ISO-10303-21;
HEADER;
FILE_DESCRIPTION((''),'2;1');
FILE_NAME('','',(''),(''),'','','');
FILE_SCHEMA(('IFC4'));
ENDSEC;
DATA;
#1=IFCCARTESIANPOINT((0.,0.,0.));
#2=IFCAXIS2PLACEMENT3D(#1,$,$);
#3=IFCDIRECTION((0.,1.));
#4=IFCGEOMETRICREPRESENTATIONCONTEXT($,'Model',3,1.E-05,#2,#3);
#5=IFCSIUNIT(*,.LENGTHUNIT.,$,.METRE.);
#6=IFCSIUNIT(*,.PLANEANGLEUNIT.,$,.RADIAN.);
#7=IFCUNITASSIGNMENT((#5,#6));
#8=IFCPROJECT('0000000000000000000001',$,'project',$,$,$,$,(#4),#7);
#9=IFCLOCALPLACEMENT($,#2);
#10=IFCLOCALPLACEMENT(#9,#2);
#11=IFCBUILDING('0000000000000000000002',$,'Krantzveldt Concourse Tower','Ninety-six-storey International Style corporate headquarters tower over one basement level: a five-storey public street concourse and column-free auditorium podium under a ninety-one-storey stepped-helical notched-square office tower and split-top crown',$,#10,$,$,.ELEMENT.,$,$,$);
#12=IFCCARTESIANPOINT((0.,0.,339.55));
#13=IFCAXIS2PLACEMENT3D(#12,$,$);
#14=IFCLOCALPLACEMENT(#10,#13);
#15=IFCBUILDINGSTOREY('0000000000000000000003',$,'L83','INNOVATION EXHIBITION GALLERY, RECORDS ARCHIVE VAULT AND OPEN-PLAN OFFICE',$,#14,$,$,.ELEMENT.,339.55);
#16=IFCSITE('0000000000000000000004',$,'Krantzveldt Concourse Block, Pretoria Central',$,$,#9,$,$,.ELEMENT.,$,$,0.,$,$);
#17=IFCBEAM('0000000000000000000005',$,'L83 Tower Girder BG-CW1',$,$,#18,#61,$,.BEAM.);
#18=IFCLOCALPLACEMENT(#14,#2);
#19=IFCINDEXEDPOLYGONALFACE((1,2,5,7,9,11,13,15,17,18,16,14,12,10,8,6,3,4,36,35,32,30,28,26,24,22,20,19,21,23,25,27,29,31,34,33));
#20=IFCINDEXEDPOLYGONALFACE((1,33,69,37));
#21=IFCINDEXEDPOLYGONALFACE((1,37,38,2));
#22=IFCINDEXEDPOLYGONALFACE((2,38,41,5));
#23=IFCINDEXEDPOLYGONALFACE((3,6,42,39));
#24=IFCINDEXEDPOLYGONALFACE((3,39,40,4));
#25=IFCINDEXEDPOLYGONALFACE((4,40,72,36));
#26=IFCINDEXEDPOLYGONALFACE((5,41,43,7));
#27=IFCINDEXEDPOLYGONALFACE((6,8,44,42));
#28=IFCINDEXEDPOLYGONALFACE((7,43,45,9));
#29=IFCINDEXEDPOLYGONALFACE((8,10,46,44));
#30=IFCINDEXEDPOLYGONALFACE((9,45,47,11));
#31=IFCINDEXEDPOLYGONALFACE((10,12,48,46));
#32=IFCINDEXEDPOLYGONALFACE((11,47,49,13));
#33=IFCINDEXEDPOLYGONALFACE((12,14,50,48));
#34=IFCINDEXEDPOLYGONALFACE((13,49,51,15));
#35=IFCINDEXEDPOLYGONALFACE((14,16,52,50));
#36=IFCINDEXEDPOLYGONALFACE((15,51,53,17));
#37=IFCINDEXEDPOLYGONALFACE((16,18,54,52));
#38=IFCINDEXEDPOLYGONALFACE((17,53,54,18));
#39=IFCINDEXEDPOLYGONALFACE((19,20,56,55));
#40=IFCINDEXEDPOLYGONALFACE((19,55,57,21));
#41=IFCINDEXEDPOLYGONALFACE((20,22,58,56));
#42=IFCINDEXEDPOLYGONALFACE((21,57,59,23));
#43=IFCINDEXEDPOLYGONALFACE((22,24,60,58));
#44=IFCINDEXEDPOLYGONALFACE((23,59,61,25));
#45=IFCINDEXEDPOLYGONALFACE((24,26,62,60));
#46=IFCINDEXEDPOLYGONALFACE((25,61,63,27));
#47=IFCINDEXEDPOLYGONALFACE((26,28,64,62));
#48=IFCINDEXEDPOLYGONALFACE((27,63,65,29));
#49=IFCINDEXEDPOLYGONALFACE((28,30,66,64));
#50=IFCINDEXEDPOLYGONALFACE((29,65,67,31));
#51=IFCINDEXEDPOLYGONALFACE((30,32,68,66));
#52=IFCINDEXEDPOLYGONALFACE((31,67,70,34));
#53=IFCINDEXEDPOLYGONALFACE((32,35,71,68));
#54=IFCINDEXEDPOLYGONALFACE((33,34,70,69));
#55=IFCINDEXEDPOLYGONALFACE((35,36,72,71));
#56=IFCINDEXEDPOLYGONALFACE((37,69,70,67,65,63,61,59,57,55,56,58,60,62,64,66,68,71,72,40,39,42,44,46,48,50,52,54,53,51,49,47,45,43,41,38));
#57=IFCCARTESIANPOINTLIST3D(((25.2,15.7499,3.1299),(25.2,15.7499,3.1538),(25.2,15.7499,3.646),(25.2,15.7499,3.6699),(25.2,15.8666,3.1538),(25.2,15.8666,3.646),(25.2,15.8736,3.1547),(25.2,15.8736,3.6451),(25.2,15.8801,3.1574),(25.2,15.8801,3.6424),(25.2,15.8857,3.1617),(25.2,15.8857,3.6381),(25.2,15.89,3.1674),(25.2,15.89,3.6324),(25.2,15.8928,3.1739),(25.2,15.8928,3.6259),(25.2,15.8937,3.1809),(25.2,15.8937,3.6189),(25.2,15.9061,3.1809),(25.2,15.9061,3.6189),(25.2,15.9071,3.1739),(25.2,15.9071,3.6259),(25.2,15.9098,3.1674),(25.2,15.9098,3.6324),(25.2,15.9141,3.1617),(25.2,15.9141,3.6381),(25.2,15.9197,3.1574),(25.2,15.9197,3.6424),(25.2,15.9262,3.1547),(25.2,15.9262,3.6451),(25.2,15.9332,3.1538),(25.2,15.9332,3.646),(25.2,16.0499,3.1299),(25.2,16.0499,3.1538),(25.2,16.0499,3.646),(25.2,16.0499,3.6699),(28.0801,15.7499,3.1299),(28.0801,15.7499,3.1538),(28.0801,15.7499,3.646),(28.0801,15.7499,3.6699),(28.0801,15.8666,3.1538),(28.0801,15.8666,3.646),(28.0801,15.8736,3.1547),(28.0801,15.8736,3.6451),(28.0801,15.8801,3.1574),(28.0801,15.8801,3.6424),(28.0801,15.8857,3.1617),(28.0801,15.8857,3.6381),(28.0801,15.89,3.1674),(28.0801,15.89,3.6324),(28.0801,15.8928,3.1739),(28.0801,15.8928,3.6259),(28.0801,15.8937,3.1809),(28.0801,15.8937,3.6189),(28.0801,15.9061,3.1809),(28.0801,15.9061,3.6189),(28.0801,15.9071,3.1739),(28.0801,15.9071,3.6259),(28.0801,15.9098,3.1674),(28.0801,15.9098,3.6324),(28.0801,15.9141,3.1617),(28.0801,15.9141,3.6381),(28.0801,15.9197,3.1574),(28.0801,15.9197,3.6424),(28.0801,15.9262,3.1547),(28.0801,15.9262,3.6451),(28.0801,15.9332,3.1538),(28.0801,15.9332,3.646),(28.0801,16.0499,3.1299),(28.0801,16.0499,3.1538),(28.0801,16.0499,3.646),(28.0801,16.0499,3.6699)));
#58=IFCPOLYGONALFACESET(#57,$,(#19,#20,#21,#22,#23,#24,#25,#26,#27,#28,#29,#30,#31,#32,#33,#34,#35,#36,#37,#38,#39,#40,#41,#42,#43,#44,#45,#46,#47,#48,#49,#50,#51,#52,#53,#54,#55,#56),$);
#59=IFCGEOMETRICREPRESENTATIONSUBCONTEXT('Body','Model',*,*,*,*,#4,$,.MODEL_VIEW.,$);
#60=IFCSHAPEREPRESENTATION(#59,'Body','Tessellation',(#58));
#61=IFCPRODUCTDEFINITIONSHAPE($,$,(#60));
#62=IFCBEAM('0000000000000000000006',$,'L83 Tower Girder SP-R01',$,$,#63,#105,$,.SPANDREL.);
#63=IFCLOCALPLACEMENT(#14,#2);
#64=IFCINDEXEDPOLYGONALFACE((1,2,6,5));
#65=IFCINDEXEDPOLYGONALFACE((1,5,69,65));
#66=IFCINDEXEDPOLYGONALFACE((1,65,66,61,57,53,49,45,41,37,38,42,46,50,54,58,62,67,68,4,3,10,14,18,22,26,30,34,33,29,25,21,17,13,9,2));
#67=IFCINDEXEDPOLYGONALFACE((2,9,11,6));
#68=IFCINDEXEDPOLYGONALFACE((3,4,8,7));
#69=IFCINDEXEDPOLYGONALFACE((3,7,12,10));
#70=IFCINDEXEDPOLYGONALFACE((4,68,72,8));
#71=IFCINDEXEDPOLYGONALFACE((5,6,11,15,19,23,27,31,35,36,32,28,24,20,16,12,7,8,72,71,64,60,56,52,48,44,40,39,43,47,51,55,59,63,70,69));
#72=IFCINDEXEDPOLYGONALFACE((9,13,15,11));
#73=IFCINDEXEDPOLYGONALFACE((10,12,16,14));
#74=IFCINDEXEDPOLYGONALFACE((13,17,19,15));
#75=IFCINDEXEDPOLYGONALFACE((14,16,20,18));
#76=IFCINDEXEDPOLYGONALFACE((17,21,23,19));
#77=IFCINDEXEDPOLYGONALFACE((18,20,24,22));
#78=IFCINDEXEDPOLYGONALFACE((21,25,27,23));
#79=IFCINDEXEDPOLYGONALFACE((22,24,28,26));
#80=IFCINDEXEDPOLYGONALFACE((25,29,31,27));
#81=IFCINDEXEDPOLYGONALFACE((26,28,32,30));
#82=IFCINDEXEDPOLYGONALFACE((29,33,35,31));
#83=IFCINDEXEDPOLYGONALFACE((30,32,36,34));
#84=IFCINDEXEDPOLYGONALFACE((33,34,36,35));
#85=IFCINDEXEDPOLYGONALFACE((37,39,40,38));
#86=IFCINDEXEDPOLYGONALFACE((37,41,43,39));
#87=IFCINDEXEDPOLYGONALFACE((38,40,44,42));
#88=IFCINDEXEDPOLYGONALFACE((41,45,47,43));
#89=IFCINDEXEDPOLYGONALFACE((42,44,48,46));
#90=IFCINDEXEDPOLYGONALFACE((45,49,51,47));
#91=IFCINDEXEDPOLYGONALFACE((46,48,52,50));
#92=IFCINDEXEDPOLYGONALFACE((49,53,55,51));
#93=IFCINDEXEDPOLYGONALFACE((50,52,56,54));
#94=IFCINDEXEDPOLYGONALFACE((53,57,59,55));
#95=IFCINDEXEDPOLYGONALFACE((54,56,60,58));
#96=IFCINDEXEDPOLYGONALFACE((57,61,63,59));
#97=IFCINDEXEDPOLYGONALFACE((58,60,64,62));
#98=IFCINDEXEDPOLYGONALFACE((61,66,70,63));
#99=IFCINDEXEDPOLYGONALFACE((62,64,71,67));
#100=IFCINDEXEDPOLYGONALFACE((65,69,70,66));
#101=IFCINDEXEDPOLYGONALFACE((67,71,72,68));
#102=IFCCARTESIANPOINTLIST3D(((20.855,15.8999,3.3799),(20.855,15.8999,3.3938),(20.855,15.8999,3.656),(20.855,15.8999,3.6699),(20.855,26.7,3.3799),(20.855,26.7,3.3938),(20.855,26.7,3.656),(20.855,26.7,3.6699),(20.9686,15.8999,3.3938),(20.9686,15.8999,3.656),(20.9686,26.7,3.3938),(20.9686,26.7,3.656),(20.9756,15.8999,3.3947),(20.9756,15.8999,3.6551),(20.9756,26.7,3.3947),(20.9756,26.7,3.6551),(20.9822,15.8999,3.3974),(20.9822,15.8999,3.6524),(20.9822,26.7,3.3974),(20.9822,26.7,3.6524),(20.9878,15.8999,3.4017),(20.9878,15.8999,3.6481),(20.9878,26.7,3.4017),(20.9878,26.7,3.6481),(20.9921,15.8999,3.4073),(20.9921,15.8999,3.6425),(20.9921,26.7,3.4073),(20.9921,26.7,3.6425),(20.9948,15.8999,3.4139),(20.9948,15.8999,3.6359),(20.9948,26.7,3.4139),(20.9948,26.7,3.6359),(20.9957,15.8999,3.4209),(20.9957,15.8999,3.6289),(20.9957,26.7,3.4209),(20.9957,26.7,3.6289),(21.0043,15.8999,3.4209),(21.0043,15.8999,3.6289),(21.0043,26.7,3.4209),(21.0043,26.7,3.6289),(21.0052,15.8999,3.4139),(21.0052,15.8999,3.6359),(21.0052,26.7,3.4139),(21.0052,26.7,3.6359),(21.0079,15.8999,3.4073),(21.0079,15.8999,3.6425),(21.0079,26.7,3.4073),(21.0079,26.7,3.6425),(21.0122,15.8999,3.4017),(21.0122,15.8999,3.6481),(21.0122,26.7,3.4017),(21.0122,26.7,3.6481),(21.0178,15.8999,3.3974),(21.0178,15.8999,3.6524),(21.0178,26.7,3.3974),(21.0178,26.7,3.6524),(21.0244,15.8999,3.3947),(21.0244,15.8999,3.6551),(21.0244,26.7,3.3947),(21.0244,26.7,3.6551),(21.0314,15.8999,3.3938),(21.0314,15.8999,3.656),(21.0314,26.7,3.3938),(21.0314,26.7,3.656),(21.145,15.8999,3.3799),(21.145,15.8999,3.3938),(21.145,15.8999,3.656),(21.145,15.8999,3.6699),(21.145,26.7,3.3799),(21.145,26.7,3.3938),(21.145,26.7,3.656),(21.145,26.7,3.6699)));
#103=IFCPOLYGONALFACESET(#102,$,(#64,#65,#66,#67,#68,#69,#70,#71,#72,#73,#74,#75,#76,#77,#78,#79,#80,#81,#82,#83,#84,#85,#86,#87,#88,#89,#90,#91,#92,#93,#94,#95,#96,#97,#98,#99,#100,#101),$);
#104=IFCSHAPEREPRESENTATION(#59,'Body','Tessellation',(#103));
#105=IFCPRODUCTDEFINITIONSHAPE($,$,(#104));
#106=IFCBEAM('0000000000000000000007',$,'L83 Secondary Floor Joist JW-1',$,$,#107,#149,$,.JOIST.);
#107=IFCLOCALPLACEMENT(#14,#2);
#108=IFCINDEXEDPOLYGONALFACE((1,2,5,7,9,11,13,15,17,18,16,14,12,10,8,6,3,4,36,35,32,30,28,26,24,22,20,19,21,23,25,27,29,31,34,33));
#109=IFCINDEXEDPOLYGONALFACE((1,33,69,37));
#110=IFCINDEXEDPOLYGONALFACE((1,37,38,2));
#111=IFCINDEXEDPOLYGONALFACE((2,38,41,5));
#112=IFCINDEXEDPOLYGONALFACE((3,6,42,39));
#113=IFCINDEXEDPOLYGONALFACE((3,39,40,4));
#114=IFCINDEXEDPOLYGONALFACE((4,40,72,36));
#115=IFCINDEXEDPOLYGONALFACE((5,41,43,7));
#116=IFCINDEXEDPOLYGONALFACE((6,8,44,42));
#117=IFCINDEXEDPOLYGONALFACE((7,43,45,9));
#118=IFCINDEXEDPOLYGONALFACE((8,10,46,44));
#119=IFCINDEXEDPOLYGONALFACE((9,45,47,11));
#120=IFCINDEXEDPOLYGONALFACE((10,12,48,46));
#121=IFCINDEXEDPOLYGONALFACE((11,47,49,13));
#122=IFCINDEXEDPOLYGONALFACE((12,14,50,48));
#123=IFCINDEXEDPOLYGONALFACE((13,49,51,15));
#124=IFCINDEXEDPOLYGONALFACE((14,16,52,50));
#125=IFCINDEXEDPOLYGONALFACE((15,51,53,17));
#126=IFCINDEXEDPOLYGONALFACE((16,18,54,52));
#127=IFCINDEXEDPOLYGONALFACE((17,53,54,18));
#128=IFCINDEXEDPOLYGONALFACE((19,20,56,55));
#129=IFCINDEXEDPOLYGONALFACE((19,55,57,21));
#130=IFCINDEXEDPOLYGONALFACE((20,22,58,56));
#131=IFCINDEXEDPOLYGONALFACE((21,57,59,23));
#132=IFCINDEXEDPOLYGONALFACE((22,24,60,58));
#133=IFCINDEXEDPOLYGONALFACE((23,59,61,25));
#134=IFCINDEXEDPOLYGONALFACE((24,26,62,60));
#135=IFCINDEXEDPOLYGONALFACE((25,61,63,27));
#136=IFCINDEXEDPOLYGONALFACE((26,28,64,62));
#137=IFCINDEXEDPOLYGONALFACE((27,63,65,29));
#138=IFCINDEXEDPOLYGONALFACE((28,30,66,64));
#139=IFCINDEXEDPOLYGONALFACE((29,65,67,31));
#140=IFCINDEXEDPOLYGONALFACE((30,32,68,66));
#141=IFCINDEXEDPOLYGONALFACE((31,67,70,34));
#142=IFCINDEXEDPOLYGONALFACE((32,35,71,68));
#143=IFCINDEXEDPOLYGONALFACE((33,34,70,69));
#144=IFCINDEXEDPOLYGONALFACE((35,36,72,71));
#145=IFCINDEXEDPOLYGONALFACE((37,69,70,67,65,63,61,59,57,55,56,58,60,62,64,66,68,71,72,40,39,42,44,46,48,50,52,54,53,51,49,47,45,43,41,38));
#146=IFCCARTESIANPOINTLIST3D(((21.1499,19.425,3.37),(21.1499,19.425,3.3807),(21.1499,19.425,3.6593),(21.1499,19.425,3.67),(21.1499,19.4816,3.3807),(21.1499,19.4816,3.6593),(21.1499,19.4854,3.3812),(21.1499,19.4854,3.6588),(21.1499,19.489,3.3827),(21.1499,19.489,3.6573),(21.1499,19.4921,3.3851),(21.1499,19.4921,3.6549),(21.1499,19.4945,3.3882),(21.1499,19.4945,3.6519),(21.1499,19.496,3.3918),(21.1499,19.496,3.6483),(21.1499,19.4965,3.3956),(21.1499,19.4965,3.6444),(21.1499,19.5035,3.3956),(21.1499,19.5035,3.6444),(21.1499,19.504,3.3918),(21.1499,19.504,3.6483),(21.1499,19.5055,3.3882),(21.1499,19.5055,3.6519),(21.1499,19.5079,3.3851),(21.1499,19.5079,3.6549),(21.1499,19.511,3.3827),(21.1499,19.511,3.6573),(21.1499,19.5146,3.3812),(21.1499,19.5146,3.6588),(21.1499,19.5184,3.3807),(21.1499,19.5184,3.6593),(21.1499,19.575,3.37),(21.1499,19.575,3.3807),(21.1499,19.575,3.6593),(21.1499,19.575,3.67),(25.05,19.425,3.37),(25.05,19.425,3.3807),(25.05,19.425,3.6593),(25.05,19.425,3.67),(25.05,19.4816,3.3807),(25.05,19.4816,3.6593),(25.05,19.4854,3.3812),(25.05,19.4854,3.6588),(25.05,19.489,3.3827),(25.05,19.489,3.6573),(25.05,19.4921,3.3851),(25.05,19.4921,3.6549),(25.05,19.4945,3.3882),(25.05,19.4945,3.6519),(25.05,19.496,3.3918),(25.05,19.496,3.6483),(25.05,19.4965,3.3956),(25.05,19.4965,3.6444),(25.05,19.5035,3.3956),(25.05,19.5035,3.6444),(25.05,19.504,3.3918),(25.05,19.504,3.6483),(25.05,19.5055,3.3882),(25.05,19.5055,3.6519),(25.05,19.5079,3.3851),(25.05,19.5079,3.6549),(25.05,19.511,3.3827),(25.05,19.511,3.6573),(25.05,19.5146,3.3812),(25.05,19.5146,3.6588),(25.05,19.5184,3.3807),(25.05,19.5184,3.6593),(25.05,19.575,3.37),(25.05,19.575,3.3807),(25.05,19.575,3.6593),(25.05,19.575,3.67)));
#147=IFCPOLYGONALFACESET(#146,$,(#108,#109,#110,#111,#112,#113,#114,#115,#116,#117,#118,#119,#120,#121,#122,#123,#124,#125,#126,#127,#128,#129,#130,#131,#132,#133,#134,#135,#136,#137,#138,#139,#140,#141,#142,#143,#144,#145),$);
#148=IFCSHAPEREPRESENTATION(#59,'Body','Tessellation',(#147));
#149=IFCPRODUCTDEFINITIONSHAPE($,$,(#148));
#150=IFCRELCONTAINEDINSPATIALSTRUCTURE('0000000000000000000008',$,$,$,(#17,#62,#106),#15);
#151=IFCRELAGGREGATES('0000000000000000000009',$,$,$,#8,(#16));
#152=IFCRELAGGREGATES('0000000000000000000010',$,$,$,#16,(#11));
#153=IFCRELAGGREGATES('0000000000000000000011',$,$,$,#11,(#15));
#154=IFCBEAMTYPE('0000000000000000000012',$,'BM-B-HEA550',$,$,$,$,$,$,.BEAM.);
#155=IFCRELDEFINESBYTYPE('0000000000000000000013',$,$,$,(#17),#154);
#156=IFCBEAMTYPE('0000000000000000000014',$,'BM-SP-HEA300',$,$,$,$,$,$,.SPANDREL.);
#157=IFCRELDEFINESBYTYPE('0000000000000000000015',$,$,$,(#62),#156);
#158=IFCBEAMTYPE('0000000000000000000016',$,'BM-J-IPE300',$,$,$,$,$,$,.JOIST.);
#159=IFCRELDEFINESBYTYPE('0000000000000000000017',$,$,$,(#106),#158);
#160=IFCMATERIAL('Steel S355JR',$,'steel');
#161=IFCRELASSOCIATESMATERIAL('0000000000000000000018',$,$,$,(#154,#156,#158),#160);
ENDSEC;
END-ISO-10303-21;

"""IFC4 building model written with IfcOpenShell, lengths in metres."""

from ifc_helpers import new_model, si_unit, direction, frame, origin, origin_2d, place, context, subcontext, project, spatial, i_section, extrude, source, transform, mapped, material, material_profile, profile_set, type_object, type_shapes, element, save


model = new_model("IFC4")

# Units and contexts
model_context = context("Model", 3, precision=1e-05, world=origin(), true_north=direction((0.0, 1.0)))
body_context = subcontext(model_context, "Body", "Model", "MODEL_VIEW")
ifc_project = project(units=[si_unit("LENGTHUNIT", "METRE"), si_unit("PLANEANGLEUNIT", "RADIAN")], contexts=[model_context])

# Site, building, storey
site_placement = place(None, origin())
site = spatial("IfcSite", under=ifc_project, at=site_placement, Name="Krantzveldt Concourse Block, Pretoria Central", CompositionType="ELEMENT", RefElevation=0.0)
building_placement = place(site_placement, origin())
building = spatial("IfcBuilding", under=site, at=building_placement, Name="Krantzveldt Concourse Tower", Description="Ninety-six-storey International Style corporate headquarters tower over one basement level: a five-storey public street concourse and column-free auditorium podium under a ninety-one-storey stepped-helical notched-square office tower and split-top crown", CompositionType="ELEMENT")
storey_placement = place(building_placement, frame((0.0, 0.0, 339.55)))
storey = spatial("IfcBuildingStorey", under=building, at=storey_placement, Name="L83", Description="INNOVATION EXHIBITION GALLERY, RECORDS ARCHIVE VAULT AND OPEN-PLAN OFFICE", CompositionType="ELEMENT", Elevation=339.55)

# Beams
ifc_material_1 = material(Name="Steel S355JR", Category="steel")
ifc_material_profile_1 = material_profile(ifc_material_1, i_section(OverallWidth=0.3, OverallDepth=0.54, WebThickness=0.0125, FlangeThickness=0.0239, FilletRadius=0.0271, at=origin_2d()), Name="Steel S355JR", Category="steel")
ifc_profile_set_1 = profile_set([ifc_material_profile_1], Name="Steel S355JR - HEA 550")
beam_type_1 = type_object("IfcBeamType", Name="BM-B-HEA550", PredefinedType="BEAM", material=ifc_profile_set_1)
shared_shape_1 = source(origin(), body_context, "Body", "SweptSolid", [
    extrude(i_section(OverallWidth=0.3, OverallDepth=0.54, WebThickness=0.0125, FlangeThickness=0.0239, FilletRadius=0.0271, at=origin_2d()), origin(), (0.0, 0.0, 1.0), 2.8801),
])
beam_1_placement = place(storey_placement, frame((25.2, 15.8999, 3.3999), z_axis=(1.0, 0.0, 0.0), x_axis=(0.0, 1.0, 0.0)))
element("IfcBeam", 1, at=beam_1_placement, inside=storey, type_object=beam_type_1, Name="L83 Tower Girder BG-CW1", PredefinedType="BEAM", context=body_context, shape_type="MappedRepresentation", body=[
    mapped(shared_shape_1, transform((0.0, 0.0, 0.0), x_axis=(1.0, 0.0, 0.0), y_axis=(0.0, 1.0, 0.0), z_axis=(0.0, 0.0, 1.0), scale=1.0)),
])
ifc_material_profile_2 = material_profile(ifc_material_1, i_section(OverallWidth=0.29, OverallDepth=0.29, WebThickness=0.0085, FlangeThickness=0.0139, FilletRadius=0.0271, at=origin_2d()), Name="Steel S355JR", Category="steel")
ifc_profile_set_2 = profile_set([ifc_material_profile_2], Name="Steel S355JR - HEA 300")
beam_type_2 = type_object("IfcBeamType", Name="BM-SP-HEA300", PredefinedType="SPANDREL", material=ifc_profile_set_2)
shared_shape_2 = source(origin(), body_context, "Body", "SweptSolid", [
    extrude(i_section(OverallWidth=0.29, OverallDepth=0.29, WebThickness=0.0085, FlangeThickness=0.0139, FilletRadius=0.0271, at=origin_2d()), origin(), (0.0, 0.0, 1.0), 10.8),
])
type_shapes(beam_type_2, [shared_shape_2])
beam_2_placement = place(storey_placement, frame((21.0, 15.8999, 3.5249), z_axis=(0.0, 1.0, 0.0), x_axis=(-1.0, 0.0, 0.0)))
element("IfcBeam", 2, at=beam_2_placement, inside=storey, type_object=beam_type_2, Name="L83 Tower Girder SP-R01", PredefinedType="SPANDREL", context=body_context, shape_type="MappedRepresentation", body=[
    mapped(shared_shape_2, transform((0.0, 0.0, 0.0), x_axis=(1.0, 0.0, 0.0), y_axis=(0.0, 1.0, 0.0), z_axis=(0.0, 0.0, 1.0), scale=1.0)),
])
ifc_material_profile_3 = material_profile(ifc_material_1, i_section(OverallWidth=0.1499, OverallDepth=0.3, WebThickness=0.0071, FlangeThickness=0.0107, FilletRadius=0.0149, at=origin_2d()), Name="Steel S355JR", Category="steel")
ifc_profile_set_3 = profile_set([ifc_material_profile_3], Name="Steel S355JR - IPE 300")
beam_type_3 = type_object("IfcBeamType", Name="BM-J-IPE300", PredefinedType="JOIST", material=ifc_profile_set_3)
shared_shape_3 = source(origin(), body_context, "Body", "SweptSolid", [
    extrude(i_section(OverallWidth=0.1499, OverallDepth=0.3, WebThickness=0.0071, FlangeThickness=0.0107, FilletRadius=0.0149, at=origin_2d()), origin(), (0.0, 0.0, 1.0), 3.9001),
])
type_shapes(beam_type_3, [shared_shape_3])
for number, where, z_axis, x_axis, name in (
    (3, (21.1499, 19.5, 3.52), (1.0, 0.0, 0.0), (0.0, 1.0, 0.0), "L83 Secondary Floor Joist JW-1"),
):
    element("IfcBeam", number, at=place(storey_placement, frame(where, z_axis=z_axis, x_axis=x_axis)), inside=storey, type_object=beam_type_3, Name=name, PredefinedType="JOIST", context=body_context, shape_type="MappedRepresentation", body=[
        mapped(shared_shape_3, transform((0.0, 0.0, 0.0), x_axis=(1.0, 0.0, 0.0), y_axis=(0.0, 1.0, 0.0), z_axis=(0.0, 0.0, 1.0), scale=1.0)),
    ])

save(model, "model.ifc")
